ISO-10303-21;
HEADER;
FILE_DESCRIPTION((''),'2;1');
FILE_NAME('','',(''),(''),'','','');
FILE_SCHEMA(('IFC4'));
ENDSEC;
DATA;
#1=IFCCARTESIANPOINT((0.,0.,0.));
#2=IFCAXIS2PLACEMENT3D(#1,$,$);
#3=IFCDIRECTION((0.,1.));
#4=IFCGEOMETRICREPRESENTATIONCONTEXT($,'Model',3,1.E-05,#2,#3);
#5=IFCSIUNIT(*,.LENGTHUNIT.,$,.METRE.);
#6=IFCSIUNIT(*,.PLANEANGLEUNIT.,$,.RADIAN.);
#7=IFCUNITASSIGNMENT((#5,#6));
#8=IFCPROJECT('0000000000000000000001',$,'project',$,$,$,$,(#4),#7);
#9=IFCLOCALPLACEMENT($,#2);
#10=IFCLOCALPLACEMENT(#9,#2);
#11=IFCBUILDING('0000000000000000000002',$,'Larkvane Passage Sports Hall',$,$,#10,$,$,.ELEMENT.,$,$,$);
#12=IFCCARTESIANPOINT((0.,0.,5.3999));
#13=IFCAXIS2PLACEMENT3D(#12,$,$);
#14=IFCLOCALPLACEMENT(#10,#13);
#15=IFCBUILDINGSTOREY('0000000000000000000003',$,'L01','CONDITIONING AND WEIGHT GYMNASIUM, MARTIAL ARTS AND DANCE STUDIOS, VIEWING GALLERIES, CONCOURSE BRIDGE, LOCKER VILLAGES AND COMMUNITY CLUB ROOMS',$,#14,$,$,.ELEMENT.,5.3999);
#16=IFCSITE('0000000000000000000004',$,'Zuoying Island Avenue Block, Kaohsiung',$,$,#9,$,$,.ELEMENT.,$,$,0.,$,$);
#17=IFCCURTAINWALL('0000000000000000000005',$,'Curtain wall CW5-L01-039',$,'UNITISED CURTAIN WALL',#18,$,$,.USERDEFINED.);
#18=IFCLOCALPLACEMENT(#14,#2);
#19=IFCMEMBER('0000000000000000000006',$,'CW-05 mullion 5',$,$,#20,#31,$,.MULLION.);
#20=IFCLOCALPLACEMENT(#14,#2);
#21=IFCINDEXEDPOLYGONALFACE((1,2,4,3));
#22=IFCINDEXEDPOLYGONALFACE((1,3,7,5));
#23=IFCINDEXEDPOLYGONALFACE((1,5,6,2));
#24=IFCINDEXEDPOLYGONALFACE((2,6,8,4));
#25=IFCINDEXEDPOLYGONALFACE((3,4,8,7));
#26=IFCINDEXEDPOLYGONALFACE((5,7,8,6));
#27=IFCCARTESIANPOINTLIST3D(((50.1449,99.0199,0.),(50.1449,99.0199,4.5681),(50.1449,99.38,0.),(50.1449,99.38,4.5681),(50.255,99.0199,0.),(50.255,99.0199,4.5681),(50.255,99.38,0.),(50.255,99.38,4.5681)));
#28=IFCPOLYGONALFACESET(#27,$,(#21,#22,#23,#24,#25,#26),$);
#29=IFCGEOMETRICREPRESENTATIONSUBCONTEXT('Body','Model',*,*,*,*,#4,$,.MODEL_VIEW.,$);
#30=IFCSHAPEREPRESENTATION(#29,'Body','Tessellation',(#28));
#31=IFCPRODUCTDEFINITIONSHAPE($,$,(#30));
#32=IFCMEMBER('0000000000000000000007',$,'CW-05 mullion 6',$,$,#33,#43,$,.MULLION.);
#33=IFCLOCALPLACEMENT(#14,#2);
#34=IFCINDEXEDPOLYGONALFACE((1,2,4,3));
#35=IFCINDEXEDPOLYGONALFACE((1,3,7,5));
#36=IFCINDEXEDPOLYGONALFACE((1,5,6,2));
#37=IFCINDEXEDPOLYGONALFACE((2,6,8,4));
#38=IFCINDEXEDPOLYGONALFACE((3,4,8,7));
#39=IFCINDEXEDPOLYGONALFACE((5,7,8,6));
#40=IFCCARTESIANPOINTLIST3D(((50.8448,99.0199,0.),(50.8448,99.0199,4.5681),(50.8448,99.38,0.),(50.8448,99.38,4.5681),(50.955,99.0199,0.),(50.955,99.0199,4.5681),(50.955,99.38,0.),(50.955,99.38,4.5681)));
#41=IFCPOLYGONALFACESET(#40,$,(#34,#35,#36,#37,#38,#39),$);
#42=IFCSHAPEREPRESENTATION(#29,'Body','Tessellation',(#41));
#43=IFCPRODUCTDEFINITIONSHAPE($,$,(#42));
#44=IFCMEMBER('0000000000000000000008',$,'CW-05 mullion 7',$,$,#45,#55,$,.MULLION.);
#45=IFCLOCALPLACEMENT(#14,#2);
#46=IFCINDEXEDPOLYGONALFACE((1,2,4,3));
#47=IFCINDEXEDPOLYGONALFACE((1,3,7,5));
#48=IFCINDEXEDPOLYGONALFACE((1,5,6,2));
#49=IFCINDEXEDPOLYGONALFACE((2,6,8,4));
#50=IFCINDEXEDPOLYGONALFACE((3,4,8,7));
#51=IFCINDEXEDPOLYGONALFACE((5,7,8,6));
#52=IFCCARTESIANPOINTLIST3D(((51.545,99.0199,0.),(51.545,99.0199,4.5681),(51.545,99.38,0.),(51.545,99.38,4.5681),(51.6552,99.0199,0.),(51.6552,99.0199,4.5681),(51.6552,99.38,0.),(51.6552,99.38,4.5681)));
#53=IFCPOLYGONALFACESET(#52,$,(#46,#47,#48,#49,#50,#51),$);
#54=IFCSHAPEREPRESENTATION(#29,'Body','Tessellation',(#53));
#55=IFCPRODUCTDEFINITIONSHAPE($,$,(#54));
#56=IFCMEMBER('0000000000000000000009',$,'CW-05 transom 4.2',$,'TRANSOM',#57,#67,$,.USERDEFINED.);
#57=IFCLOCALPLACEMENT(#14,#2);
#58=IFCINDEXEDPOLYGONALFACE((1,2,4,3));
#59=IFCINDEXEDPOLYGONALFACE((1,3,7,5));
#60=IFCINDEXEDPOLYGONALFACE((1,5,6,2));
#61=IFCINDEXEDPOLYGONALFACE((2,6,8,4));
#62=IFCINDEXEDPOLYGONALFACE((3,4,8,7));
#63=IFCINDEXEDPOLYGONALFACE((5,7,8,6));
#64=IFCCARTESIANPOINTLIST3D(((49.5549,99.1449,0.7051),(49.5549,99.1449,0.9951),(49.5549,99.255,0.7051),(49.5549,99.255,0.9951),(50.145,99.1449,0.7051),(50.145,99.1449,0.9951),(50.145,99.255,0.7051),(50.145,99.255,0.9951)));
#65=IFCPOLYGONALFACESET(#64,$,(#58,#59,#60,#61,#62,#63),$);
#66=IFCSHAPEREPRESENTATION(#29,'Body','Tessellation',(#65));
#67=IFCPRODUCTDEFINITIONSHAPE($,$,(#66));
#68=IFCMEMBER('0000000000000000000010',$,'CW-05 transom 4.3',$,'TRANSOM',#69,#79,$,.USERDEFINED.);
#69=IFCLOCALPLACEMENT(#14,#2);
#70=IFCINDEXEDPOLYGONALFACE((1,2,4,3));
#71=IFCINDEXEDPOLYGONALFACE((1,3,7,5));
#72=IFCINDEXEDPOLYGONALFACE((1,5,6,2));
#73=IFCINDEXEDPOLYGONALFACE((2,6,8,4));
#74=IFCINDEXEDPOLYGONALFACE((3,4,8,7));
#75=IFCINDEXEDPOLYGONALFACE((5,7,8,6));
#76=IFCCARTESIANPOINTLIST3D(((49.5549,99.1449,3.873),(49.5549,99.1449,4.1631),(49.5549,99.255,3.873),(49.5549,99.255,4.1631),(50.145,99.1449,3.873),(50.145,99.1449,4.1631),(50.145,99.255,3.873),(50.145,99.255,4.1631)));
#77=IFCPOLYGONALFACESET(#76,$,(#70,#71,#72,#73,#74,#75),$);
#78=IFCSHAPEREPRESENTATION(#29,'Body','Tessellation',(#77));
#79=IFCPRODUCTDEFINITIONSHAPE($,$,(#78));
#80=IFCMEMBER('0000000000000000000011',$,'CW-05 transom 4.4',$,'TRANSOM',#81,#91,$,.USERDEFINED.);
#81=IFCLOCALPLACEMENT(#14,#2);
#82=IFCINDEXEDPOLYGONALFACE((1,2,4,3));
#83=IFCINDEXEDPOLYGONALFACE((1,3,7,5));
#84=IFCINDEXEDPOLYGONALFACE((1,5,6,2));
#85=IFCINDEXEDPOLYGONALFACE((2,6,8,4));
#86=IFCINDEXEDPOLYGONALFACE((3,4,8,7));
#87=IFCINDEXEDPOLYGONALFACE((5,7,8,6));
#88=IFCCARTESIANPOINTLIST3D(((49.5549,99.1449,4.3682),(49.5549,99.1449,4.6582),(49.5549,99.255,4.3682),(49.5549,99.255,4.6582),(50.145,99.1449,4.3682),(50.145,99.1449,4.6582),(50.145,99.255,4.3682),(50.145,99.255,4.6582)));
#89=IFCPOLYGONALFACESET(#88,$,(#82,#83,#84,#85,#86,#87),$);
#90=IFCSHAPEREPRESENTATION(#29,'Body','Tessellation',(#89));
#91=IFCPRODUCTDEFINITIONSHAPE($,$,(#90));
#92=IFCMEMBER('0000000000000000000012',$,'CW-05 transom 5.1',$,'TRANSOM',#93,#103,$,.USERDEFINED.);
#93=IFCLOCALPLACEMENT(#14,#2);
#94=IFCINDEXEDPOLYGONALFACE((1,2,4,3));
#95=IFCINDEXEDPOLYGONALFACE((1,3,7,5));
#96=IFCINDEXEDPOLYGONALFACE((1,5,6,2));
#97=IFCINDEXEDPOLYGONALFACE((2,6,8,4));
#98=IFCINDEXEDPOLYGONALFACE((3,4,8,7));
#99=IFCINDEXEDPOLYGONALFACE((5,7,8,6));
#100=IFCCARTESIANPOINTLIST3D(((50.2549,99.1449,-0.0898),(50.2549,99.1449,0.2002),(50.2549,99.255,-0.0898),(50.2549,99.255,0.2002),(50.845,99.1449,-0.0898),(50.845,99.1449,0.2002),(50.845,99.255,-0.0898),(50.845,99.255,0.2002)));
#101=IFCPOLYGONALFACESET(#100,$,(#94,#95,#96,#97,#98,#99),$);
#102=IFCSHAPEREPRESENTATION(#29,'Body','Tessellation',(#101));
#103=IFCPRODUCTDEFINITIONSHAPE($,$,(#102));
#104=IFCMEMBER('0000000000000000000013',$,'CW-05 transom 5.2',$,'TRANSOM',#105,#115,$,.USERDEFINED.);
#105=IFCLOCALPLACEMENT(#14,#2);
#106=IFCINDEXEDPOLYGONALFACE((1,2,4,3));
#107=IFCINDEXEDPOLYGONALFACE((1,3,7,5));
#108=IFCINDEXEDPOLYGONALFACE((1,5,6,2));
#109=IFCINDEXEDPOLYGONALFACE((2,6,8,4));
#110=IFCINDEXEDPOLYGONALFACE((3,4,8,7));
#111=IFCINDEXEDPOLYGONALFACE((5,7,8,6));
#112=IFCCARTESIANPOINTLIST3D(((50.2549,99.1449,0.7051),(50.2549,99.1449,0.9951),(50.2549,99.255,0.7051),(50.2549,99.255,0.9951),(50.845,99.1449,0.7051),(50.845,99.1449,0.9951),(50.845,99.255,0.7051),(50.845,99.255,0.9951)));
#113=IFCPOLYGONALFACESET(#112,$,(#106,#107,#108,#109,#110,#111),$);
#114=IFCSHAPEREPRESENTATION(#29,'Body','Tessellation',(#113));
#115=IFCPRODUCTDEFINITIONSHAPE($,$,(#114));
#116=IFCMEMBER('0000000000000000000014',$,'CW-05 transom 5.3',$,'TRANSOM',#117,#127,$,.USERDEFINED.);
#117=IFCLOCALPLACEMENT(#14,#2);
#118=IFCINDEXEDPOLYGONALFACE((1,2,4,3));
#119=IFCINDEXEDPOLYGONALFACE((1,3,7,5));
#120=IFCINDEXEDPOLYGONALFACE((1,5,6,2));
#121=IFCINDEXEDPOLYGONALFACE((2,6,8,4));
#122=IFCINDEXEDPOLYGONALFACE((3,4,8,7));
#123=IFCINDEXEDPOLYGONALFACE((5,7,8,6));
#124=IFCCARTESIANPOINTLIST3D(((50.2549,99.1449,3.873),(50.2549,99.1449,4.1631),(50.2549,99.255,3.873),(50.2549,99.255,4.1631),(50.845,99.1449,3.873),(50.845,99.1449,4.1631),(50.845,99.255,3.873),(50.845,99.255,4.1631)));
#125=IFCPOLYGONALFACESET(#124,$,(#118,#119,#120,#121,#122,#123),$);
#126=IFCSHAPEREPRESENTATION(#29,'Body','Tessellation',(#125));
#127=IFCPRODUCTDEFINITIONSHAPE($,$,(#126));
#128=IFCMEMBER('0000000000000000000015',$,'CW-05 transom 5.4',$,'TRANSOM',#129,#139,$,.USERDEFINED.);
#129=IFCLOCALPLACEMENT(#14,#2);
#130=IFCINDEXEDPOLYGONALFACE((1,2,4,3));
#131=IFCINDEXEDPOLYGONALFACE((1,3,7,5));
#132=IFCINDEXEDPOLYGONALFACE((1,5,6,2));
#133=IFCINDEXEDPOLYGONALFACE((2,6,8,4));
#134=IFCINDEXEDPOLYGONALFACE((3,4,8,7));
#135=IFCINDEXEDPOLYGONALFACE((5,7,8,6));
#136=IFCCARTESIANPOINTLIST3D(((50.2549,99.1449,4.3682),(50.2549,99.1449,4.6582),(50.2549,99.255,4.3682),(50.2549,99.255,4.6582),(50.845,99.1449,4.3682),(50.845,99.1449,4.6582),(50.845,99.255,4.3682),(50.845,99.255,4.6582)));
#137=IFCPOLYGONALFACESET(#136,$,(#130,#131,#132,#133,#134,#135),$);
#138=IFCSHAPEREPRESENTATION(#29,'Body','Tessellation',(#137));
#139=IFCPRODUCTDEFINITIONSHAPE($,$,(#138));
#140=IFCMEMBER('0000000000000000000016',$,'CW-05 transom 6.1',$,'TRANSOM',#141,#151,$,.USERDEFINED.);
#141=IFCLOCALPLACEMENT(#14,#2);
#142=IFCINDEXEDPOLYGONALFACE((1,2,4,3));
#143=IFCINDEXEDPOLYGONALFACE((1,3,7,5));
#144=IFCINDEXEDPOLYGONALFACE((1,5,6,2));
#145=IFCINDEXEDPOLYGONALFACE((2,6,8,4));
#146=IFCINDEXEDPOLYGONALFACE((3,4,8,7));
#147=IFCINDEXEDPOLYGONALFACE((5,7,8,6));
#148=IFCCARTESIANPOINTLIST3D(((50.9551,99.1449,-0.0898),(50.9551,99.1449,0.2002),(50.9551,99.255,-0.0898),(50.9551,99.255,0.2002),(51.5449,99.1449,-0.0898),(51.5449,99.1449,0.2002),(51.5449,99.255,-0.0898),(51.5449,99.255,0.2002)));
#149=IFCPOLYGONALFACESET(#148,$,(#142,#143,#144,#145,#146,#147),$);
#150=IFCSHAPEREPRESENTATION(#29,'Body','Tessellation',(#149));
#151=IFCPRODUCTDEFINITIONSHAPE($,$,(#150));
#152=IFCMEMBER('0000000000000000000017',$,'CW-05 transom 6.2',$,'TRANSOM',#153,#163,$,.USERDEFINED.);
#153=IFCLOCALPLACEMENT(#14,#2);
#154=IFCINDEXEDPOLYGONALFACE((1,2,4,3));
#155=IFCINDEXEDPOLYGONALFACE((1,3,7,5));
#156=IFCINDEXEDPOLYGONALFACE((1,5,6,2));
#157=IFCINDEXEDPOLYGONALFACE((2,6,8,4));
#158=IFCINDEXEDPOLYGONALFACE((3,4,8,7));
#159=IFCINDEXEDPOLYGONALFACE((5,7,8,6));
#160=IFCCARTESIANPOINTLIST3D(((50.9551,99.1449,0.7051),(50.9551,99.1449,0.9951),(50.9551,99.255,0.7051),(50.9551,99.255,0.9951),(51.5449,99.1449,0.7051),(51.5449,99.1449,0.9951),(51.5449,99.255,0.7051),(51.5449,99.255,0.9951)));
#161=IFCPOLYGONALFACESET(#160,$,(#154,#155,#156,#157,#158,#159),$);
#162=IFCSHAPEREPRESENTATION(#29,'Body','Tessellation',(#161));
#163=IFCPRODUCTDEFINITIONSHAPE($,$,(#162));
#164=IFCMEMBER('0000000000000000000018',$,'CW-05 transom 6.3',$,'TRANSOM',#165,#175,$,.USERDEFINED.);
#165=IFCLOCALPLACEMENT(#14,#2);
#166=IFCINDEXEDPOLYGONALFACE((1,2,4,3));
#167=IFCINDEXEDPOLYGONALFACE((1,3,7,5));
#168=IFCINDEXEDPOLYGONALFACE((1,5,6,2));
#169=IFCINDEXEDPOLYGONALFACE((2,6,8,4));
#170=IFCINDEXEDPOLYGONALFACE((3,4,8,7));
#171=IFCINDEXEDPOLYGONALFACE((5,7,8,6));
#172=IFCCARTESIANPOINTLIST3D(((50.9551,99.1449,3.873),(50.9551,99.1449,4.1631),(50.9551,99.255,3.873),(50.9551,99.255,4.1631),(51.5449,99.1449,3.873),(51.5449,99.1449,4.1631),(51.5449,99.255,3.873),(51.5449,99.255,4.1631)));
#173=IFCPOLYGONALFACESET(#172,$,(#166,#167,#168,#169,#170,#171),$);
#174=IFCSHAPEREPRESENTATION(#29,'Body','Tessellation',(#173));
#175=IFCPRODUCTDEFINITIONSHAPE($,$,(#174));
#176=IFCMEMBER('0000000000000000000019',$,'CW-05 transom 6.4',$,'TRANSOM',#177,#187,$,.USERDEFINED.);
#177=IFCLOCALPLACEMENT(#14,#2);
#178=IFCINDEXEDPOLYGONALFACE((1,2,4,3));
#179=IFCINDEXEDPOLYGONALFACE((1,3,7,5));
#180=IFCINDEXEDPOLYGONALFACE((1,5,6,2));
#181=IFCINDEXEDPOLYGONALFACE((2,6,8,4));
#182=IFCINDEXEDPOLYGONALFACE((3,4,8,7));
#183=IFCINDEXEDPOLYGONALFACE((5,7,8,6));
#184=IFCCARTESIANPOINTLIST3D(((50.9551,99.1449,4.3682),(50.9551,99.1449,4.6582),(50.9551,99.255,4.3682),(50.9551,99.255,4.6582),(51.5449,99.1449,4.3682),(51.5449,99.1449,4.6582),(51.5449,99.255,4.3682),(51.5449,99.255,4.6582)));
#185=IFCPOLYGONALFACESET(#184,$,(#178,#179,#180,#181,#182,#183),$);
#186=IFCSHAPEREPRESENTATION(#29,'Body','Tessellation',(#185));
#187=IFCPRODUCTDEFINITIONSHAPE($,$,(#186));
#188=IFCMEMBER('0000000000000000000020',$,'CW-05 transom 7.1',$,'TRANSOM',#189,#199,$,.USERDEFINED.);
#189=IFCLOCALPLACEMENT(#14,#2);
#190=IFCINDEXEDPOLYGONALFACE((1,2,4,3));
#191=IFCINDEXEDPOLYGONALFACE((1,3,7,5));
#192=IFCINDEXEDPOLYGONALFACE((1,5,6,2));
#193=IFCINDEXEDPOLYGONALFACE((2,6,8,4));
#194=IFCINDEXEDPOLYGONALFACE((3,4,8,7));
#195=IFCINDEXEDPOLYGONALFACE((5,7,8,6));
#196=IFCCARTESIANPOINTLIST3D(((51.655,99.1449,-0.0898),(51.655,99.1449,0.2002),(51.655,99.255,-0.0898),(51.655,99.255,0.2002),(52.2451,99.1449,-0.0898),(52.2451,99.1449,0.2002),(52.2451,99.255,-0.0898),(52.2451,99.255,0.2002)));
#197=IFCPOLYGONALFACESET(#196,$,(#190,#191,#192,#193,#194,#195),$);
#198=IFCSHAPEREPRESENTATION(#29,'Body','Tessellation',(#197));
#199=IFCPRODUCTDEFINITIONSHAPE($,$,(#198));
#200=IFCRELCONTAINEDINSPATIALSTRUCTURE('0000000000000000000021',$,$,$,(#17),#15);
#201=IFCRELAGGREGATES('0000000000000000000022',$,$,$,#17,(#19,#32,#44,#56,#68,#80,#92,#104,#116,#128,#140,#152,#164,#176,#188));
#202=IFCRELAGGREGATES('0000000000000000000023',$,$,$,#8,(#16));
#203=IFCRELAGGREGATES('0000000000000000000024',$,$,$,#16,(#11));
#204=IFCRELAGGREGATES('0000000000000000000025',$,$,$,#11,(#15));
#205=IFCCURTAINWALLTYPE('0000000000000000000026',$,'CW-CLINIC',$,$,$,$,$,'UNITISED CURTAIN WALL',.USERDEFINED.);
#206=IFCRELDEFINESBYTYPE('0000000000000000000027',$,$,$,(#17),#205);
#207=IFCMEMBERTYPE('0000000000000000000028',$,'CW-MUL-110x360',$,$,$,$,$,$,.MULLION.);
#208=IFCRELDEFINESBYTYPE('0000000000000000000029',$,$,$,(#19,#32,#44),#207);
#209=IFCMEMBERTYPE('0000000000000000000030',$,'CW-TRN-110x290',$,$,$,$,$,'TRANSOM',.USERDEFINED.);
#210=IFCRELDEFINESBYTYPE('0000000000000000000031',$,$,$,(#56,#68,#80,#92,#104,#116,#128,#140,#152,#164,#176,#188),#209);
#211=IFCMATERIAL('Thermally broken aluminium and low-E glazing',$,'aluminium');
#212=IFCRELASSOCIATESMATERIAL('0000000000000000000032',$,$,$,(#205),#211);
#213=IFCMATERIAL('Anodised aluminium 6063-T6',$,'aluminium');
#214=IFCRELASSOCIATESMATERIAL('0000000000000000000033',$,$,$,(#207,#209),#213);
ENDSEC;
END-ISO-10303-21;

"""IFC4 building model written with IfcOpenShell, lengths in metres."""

from ifc_helpers import new_model, si_unit, direction, frame, origin, origin_2d, place, context, subcontext, project, spatial, rectangle, extrude, material, material_profile, profile_set, type_object, element, aggregate, save


model = new_model("IFC4")

# Units and contexts
model_context = context("Model", 3, precision=1e-05, world=origin(), true_north=direction((0.0, 1.0)))
body_context = subcontext(model_context, "Body", "Model", "MODEL_VIEW")
ifc_project = project(units=[si_unit("LENGTHUNIT", "METRE"), si_unit("PLANEANGLEUNIT", "RADIAN")], contexts=[model_context])

# Site, building, storey
site_placement = place(None, origin())
site = spatial("IfcSite", under=ifc_project, at=site_placement, Name="Zuoying Island Avenue Block, Kaohsiung", CompositionType="ELEMENT", RefElevation=0.0)
building_placement = place(site_placement, origin())
building = spatial("IfcBuilding", under=site, at=building_placement, Name="Larkvane Passage Sports Hall", CompositionType="ELEMENT")
storey_placement = place(building_placement, frame((0.0, 0.0, 5.3999)))
storey = spatial("IfcBuildingStorey", under=building, at=storey_placement, Name="L01", Description="CONDITIONING AND WEIGHT GYMNASIUM, MARTIAL ARTS AND DANCE STUDIOS, VIEWING GALLERIES, CONCOURSE BRIDGE, LOCKER VILLAGES AND COMMUNITY CLUB ROOMS", CompositionType="ELEMENT", Elevation=5.3999)

# Curtain wall, members
ifc_material_1 = material(Name="Thermally broken aluminium and low-E glazing", Category="aluminium")
curtain_wall_type = type_object("IfcCurtainWallType", Name="CW-CLINIC", ElementType="UNITISED CURTAIN WALL", PredefinedType="USERDEFINED", material=ifc_material_1)
curtain_wall_placement = place(storey_placement, origin())
curtain_wall = element("IfcCurtainWall", 1, at=curtain_wall_placement, inside=storey, type_object=curtain_wall_type, Name="Curtain wall CW5-L01-039", ObjectType="UNITISED CURTAIN WALL", PredefinedType="USERDEFINED")
ifc_material_2 = material(Name="Anodised aluminium 6063-T6", Category="aluminium")
ifc_material_profile_1 = material_profile(ifc_material_2, rectangle(XDim=0.1101, YDim=0.3601, at=origin_2d()), Name="ALU-MUL-110x360")
ifc_profile_set_1 = profile_set([ifc_material_profile_1], Name="Anodised aluminium 6063-T6")
member_type_1 = type_object("IfcMemberType", Name="CW-MUL-110x360", PredefinedType="MULLION", material=ifc_profile_set_1)
member_1_placement = place(storey_placement, frame((50.2, 99.2, 0.0), z_axis=(0.0, 0.0, 1.0), x_axis=(1.0, 0.0, 0.0)))
member_1 = element("IfcMember", 2, at=member_1_placement, type_object=member_type_1, Name="CW-05 mullion 5", PredefinedType="MULLION", context=body_context, shape_type="SweptSolid", body=[
    extrude(rectangle(XDim=0.1101, YDim=0.3601, at=origin_2d()), origin(), (0.0, 0.0, 1.0), 4.5681),
])
member_2_placement = place(storey_placement, frame((50.8999, 99.2, 0.0), z_axis=(0.0, 0.0, 1.0), x_axis=(1.0, 0.0, 0.0)))
member_2 = element("IfcMember", 3, at=member_2_placement, type_object=member_type_1, Name="CW-05 mullion 6", PredefinedType="MULLION", context=body_context, shape_type="SweptSolid", body=[
    extrude(rectangle(XDim=0.1101, YDim=0.3601, at=origin_2d()), origin(), (0.0, 0.0, 1.0), 4.5681),
])
member_3_placement = place(storey_placement, frame((51.6001, 99.2, 0.0), z_axis=(0.0, 0.0, 1.0), x_axis=(1.0, 0.0, 0.0)))
member_3 = element("IfcMember", 4, at=member_3_placement, type_object=member_type_1, Name="CW-05 mullion 7", PredefinedType="MULLION", context=body_context, shape_type="SweptSolid", body=[
    extrude(rectangle(XDim=0.1101, YDim=0.3601, at=origin_2d()), origin(), (0.0, 0.0, 1.0), 4.5681),
])
ifc_material_profile_2 = material_profile(ifc_material_2, rectangle(XDim=0.1101, YDim=0.29, at=origin_2d()), Name="ALU-TRN-110x290")
ifc_profile_set_2 = profile_set([ifc_material_profile_2], Name="Anodised aluminium 6063-T6")
member_type_2 = type_object("IfcMemberType", Name="CW-TRN-110x290", ElementType="TRANSOM", PredefinedType="USERDEFINED", material=ifc_profile_set_2)
member_4_placement = place(storey_placement, frame((49.5549, 99.2, 0.8501), z_axis=(1.0, 0.0, 0.0), x_axis=(0.0, 1.0, 0.0)))
member_4 = element("IfcMember", 5, at=member_4_placement, type_object=member_type_2, Name="CW-05 transom 4.2", ObjectType="TRANSOM", PredefinedType="USERDEFINED", context=body_context, shape_type="SweptSolid", body=[
    extrude(rectangle(XDim=0.1101, YDim=0.29, at=origin_2d()), origin(), (0.0, 0.0, 1.0), 0.5901),
])
member_5_placement = place(storey_placement, frame((49.5549, 99.2, 4.0181), z_axis=(1.0, 0.0, 0.0), x_axis=(0.0, 1.0, 0.0)))
member_5 = element("IfcMember", 6, at=member_5_placement, type_object=member_type_2, Name="CW-05 transom 4.3", ObjectType="TRANSOM", PredefinedType="USERDEFINED", context=body_context, shape_type="SweptSolid", body=[
    extrude(rectangle(XDim=0.1101, YDim=0.29, at=origin_2d()), origin(), (0.0, 0.0, 1.0), 0.5901),
])
member_6_placement = place(storey_placement, frame((49.5549, 99.2, 4.5132), z_axis=(1.0, 0.0, 0.0), x_axis=(0.0, 1.0, 0.0)))
member_6 = element("IfcMember", 7, at=member_6_placement, type_object=member_type_2, Name="CW-05 transom 4.4", ObjectType="TRANSOM", PredefinedType="USERDEFINED", context=body_context, shape_type="SweptSolid", body=[
    extrude(rectangle(XDim=0.1101, YDim=0.29, at=origin_2d()), origin(), (0.0, 0.0, 1.0), 0.5901),
])
member_7_placement = place(storey_placement, frame((50.2549, 99.2, 0.0552), z_axis=(1.0, 0.0, 0.0), x_axis=(0.0, 1.0, 0.0)))
member_7 = element("IfcMember", 8, at=member_7_placement, type_object=member_type_2, Name="CW-05 transom 5.1", ObjectType="TRANSOM", PredefinedType="USERDEFINED", context=body_context, shape_type="SweptSolid", body=[
    extrude(rectangle(XDim=0.1101, YDim=0.29, at=origin_2d()), origin(), (0.0, 0.0, 1.0), 0.5901),
])
member_8_placement = place(storey_placement, frame((50.2549, 99.2, 0.8501), z_axis=(1.0, 0.0, 0.0), x_axis=(0.0, 1.0, 0.0)))
member_8 = element("IfcMember", 9, at=member_8_placement, type_object=member_type_2, Name="CW-05 transom 5.2", ObjectType="TRANSOM", PredefinedType="USERDEFINED", context=body_context, shape_type="SweptSolid", body=[
    extrude(rectangle(XDim=0.1101, YDim=0.29, at=origin_2d()), origin(), (0.0, 0.0, 1.0), 0.5901),
])
member_9_placement = place(storey_placement, frame((50.2549, 99.2, 4.0181), z_axis=(1.0, 0.0, 0.0), x_axis=(0.0, 1.0, 0.0)))
member_9 = element("IfcMember", 10, at=member_9_placement, type_object=member_type_2, Name="CW-05 transom 5.3", ObjectType="TRANSOM", PredefinedType="USERDEFINED", context=body_context, shape_type="SweptSolid", body=[
    extrude(rectangle(XDim=0.1101, YDim=0.29, at=origin_2d()), origin(), (0.0, 0.0, 1.0), 0.5901),
])
member_10_placement = place(storey_placement, frame((50.2549, 99.2, 4.5132), z_axis=(1.0, 0.0, 0.0), x_axis=(0.0, 1.0, 0.0)))
member_10 = element("IfcMember", 11, at=member_10_placement, type_object=member_type_2, Name="CW-05 transom 5.4", ObjectType="TRANSOM", PredefinedType="USERDEFINED", context=body_context, shape_type="SweptSolid", body=[
    extrude(rectangle(XDim=0.1101, YDim=0.29, at=origin_2d()), origin(), (0.0, 0.0, 1.0), 0.5901),
])
member_11_placement = place(storey_placement, frame((50.9551, 99.2, 0.0552), z_axis=(1.0, 0.0, 0.0), x_axis=(0.0, 1.0, 0.0)))
member_11 = element("IfcMember", 12, at=member_11_placement, type_object=member_type_2, Name="CW-05 transom 6.1", ObjectType="TRANSOM", PredefinedType="USERDEFINED", context=body_context, shape_type="SweptSolid", body=[
    extrude(rectangle(XDim=0.1101, YDim=0.29, at=origin_2d()), origin(), (0.0, 0.0, 1.0), 0.5898),
])
member_12_placement = place(storey_placement, frame((50.9551, 99.2, 0.8501), z_axis=(1.0, 0.0, 0.0), x_axis=(0.0, 1.0, 0.0)))
member_12 = element("IfcMember", 13, at=member_12_placement, type_object=member_type_2, Name="CW-05 transom 6.2", ObjectType="TRANSOM", PredefinedType="USERDEFINED", context=body_context, shape_type="SweptSolid", body=[
    extrude(rectangle(XDim=0.1101, YDim=0.29, at=origin_2d()), origin(), (0.0, 0.0, 1.0), 0.5898),
])
member_13_placement = place(storey_placement, frame((50.9551, 99.2, 4.0181), z_axis=(1.0, 0.0, 0.0), x_axis=(0.0, 1.0, 0.0)))
member_13 = element("IfcMember", 14, at=member_13_placement, type_object=member_type_2, Name="CW-05 transom 6.3", ObjectType="TRANSOM", PredefinedType="USERDEFINED", context=body_context, shape_type="SweptSolid", body=[
    extrude(rectangle(XDim=0.1101, YDim=0.29, at=origin_2d()), origin(), (0.0, 0.0, 1.0), 0.5898),
])
member_14_placement = place(storey_placement, frame((50.9551, 99.2, 4.5132), z_axis=(1.0, 0.0, 0.0), x_axis=(0.0, 1.0, 0.0)))
member_14 = element("IfcMember", 15, at=member_14_placement, type_object=member_type_2, Name="CW-05 transom 6.4", ObjectType="TRANSOM", PredefinedType="USERDEFINED", context=body_context, shape_type="SweptSolid", body=[
    extrude(rectangle(XDim=0.1101, YDim=0.29, at=origin_2d()), origin(), (0.0, 0.0, 1.0), 0.5898),
])
member_15_placement = place(storey_placement, frame((51.655, 99.2, 0.0552), z_axis=(1.0, 0.0, 0.0), x_axis=(0.0, 1.0, 0.0)))
member_15 = element("IfcMember", 16, at=member_15_placement, type_object=member_type_2, Name="CW-05 transom 7.1", ObjectType="TRANSOM", PredefinedType="USERDEFINED", context=body_context, shape_type="SweptSolid", body=[
    extrude(rectangle(XDim=0.1101, YDim=0.29, at=origin_2d()), origin(), (0.0, 0.0, 1.0), 0.5901),
])
aggregate(curtain_wall, [member_1, member_2, member_3, member_4, member_5, member_6, member_7, member_8, member_9, member_10, member_11, member_12, member_13, member_14, member_15])

save(model, "model.ifc")
